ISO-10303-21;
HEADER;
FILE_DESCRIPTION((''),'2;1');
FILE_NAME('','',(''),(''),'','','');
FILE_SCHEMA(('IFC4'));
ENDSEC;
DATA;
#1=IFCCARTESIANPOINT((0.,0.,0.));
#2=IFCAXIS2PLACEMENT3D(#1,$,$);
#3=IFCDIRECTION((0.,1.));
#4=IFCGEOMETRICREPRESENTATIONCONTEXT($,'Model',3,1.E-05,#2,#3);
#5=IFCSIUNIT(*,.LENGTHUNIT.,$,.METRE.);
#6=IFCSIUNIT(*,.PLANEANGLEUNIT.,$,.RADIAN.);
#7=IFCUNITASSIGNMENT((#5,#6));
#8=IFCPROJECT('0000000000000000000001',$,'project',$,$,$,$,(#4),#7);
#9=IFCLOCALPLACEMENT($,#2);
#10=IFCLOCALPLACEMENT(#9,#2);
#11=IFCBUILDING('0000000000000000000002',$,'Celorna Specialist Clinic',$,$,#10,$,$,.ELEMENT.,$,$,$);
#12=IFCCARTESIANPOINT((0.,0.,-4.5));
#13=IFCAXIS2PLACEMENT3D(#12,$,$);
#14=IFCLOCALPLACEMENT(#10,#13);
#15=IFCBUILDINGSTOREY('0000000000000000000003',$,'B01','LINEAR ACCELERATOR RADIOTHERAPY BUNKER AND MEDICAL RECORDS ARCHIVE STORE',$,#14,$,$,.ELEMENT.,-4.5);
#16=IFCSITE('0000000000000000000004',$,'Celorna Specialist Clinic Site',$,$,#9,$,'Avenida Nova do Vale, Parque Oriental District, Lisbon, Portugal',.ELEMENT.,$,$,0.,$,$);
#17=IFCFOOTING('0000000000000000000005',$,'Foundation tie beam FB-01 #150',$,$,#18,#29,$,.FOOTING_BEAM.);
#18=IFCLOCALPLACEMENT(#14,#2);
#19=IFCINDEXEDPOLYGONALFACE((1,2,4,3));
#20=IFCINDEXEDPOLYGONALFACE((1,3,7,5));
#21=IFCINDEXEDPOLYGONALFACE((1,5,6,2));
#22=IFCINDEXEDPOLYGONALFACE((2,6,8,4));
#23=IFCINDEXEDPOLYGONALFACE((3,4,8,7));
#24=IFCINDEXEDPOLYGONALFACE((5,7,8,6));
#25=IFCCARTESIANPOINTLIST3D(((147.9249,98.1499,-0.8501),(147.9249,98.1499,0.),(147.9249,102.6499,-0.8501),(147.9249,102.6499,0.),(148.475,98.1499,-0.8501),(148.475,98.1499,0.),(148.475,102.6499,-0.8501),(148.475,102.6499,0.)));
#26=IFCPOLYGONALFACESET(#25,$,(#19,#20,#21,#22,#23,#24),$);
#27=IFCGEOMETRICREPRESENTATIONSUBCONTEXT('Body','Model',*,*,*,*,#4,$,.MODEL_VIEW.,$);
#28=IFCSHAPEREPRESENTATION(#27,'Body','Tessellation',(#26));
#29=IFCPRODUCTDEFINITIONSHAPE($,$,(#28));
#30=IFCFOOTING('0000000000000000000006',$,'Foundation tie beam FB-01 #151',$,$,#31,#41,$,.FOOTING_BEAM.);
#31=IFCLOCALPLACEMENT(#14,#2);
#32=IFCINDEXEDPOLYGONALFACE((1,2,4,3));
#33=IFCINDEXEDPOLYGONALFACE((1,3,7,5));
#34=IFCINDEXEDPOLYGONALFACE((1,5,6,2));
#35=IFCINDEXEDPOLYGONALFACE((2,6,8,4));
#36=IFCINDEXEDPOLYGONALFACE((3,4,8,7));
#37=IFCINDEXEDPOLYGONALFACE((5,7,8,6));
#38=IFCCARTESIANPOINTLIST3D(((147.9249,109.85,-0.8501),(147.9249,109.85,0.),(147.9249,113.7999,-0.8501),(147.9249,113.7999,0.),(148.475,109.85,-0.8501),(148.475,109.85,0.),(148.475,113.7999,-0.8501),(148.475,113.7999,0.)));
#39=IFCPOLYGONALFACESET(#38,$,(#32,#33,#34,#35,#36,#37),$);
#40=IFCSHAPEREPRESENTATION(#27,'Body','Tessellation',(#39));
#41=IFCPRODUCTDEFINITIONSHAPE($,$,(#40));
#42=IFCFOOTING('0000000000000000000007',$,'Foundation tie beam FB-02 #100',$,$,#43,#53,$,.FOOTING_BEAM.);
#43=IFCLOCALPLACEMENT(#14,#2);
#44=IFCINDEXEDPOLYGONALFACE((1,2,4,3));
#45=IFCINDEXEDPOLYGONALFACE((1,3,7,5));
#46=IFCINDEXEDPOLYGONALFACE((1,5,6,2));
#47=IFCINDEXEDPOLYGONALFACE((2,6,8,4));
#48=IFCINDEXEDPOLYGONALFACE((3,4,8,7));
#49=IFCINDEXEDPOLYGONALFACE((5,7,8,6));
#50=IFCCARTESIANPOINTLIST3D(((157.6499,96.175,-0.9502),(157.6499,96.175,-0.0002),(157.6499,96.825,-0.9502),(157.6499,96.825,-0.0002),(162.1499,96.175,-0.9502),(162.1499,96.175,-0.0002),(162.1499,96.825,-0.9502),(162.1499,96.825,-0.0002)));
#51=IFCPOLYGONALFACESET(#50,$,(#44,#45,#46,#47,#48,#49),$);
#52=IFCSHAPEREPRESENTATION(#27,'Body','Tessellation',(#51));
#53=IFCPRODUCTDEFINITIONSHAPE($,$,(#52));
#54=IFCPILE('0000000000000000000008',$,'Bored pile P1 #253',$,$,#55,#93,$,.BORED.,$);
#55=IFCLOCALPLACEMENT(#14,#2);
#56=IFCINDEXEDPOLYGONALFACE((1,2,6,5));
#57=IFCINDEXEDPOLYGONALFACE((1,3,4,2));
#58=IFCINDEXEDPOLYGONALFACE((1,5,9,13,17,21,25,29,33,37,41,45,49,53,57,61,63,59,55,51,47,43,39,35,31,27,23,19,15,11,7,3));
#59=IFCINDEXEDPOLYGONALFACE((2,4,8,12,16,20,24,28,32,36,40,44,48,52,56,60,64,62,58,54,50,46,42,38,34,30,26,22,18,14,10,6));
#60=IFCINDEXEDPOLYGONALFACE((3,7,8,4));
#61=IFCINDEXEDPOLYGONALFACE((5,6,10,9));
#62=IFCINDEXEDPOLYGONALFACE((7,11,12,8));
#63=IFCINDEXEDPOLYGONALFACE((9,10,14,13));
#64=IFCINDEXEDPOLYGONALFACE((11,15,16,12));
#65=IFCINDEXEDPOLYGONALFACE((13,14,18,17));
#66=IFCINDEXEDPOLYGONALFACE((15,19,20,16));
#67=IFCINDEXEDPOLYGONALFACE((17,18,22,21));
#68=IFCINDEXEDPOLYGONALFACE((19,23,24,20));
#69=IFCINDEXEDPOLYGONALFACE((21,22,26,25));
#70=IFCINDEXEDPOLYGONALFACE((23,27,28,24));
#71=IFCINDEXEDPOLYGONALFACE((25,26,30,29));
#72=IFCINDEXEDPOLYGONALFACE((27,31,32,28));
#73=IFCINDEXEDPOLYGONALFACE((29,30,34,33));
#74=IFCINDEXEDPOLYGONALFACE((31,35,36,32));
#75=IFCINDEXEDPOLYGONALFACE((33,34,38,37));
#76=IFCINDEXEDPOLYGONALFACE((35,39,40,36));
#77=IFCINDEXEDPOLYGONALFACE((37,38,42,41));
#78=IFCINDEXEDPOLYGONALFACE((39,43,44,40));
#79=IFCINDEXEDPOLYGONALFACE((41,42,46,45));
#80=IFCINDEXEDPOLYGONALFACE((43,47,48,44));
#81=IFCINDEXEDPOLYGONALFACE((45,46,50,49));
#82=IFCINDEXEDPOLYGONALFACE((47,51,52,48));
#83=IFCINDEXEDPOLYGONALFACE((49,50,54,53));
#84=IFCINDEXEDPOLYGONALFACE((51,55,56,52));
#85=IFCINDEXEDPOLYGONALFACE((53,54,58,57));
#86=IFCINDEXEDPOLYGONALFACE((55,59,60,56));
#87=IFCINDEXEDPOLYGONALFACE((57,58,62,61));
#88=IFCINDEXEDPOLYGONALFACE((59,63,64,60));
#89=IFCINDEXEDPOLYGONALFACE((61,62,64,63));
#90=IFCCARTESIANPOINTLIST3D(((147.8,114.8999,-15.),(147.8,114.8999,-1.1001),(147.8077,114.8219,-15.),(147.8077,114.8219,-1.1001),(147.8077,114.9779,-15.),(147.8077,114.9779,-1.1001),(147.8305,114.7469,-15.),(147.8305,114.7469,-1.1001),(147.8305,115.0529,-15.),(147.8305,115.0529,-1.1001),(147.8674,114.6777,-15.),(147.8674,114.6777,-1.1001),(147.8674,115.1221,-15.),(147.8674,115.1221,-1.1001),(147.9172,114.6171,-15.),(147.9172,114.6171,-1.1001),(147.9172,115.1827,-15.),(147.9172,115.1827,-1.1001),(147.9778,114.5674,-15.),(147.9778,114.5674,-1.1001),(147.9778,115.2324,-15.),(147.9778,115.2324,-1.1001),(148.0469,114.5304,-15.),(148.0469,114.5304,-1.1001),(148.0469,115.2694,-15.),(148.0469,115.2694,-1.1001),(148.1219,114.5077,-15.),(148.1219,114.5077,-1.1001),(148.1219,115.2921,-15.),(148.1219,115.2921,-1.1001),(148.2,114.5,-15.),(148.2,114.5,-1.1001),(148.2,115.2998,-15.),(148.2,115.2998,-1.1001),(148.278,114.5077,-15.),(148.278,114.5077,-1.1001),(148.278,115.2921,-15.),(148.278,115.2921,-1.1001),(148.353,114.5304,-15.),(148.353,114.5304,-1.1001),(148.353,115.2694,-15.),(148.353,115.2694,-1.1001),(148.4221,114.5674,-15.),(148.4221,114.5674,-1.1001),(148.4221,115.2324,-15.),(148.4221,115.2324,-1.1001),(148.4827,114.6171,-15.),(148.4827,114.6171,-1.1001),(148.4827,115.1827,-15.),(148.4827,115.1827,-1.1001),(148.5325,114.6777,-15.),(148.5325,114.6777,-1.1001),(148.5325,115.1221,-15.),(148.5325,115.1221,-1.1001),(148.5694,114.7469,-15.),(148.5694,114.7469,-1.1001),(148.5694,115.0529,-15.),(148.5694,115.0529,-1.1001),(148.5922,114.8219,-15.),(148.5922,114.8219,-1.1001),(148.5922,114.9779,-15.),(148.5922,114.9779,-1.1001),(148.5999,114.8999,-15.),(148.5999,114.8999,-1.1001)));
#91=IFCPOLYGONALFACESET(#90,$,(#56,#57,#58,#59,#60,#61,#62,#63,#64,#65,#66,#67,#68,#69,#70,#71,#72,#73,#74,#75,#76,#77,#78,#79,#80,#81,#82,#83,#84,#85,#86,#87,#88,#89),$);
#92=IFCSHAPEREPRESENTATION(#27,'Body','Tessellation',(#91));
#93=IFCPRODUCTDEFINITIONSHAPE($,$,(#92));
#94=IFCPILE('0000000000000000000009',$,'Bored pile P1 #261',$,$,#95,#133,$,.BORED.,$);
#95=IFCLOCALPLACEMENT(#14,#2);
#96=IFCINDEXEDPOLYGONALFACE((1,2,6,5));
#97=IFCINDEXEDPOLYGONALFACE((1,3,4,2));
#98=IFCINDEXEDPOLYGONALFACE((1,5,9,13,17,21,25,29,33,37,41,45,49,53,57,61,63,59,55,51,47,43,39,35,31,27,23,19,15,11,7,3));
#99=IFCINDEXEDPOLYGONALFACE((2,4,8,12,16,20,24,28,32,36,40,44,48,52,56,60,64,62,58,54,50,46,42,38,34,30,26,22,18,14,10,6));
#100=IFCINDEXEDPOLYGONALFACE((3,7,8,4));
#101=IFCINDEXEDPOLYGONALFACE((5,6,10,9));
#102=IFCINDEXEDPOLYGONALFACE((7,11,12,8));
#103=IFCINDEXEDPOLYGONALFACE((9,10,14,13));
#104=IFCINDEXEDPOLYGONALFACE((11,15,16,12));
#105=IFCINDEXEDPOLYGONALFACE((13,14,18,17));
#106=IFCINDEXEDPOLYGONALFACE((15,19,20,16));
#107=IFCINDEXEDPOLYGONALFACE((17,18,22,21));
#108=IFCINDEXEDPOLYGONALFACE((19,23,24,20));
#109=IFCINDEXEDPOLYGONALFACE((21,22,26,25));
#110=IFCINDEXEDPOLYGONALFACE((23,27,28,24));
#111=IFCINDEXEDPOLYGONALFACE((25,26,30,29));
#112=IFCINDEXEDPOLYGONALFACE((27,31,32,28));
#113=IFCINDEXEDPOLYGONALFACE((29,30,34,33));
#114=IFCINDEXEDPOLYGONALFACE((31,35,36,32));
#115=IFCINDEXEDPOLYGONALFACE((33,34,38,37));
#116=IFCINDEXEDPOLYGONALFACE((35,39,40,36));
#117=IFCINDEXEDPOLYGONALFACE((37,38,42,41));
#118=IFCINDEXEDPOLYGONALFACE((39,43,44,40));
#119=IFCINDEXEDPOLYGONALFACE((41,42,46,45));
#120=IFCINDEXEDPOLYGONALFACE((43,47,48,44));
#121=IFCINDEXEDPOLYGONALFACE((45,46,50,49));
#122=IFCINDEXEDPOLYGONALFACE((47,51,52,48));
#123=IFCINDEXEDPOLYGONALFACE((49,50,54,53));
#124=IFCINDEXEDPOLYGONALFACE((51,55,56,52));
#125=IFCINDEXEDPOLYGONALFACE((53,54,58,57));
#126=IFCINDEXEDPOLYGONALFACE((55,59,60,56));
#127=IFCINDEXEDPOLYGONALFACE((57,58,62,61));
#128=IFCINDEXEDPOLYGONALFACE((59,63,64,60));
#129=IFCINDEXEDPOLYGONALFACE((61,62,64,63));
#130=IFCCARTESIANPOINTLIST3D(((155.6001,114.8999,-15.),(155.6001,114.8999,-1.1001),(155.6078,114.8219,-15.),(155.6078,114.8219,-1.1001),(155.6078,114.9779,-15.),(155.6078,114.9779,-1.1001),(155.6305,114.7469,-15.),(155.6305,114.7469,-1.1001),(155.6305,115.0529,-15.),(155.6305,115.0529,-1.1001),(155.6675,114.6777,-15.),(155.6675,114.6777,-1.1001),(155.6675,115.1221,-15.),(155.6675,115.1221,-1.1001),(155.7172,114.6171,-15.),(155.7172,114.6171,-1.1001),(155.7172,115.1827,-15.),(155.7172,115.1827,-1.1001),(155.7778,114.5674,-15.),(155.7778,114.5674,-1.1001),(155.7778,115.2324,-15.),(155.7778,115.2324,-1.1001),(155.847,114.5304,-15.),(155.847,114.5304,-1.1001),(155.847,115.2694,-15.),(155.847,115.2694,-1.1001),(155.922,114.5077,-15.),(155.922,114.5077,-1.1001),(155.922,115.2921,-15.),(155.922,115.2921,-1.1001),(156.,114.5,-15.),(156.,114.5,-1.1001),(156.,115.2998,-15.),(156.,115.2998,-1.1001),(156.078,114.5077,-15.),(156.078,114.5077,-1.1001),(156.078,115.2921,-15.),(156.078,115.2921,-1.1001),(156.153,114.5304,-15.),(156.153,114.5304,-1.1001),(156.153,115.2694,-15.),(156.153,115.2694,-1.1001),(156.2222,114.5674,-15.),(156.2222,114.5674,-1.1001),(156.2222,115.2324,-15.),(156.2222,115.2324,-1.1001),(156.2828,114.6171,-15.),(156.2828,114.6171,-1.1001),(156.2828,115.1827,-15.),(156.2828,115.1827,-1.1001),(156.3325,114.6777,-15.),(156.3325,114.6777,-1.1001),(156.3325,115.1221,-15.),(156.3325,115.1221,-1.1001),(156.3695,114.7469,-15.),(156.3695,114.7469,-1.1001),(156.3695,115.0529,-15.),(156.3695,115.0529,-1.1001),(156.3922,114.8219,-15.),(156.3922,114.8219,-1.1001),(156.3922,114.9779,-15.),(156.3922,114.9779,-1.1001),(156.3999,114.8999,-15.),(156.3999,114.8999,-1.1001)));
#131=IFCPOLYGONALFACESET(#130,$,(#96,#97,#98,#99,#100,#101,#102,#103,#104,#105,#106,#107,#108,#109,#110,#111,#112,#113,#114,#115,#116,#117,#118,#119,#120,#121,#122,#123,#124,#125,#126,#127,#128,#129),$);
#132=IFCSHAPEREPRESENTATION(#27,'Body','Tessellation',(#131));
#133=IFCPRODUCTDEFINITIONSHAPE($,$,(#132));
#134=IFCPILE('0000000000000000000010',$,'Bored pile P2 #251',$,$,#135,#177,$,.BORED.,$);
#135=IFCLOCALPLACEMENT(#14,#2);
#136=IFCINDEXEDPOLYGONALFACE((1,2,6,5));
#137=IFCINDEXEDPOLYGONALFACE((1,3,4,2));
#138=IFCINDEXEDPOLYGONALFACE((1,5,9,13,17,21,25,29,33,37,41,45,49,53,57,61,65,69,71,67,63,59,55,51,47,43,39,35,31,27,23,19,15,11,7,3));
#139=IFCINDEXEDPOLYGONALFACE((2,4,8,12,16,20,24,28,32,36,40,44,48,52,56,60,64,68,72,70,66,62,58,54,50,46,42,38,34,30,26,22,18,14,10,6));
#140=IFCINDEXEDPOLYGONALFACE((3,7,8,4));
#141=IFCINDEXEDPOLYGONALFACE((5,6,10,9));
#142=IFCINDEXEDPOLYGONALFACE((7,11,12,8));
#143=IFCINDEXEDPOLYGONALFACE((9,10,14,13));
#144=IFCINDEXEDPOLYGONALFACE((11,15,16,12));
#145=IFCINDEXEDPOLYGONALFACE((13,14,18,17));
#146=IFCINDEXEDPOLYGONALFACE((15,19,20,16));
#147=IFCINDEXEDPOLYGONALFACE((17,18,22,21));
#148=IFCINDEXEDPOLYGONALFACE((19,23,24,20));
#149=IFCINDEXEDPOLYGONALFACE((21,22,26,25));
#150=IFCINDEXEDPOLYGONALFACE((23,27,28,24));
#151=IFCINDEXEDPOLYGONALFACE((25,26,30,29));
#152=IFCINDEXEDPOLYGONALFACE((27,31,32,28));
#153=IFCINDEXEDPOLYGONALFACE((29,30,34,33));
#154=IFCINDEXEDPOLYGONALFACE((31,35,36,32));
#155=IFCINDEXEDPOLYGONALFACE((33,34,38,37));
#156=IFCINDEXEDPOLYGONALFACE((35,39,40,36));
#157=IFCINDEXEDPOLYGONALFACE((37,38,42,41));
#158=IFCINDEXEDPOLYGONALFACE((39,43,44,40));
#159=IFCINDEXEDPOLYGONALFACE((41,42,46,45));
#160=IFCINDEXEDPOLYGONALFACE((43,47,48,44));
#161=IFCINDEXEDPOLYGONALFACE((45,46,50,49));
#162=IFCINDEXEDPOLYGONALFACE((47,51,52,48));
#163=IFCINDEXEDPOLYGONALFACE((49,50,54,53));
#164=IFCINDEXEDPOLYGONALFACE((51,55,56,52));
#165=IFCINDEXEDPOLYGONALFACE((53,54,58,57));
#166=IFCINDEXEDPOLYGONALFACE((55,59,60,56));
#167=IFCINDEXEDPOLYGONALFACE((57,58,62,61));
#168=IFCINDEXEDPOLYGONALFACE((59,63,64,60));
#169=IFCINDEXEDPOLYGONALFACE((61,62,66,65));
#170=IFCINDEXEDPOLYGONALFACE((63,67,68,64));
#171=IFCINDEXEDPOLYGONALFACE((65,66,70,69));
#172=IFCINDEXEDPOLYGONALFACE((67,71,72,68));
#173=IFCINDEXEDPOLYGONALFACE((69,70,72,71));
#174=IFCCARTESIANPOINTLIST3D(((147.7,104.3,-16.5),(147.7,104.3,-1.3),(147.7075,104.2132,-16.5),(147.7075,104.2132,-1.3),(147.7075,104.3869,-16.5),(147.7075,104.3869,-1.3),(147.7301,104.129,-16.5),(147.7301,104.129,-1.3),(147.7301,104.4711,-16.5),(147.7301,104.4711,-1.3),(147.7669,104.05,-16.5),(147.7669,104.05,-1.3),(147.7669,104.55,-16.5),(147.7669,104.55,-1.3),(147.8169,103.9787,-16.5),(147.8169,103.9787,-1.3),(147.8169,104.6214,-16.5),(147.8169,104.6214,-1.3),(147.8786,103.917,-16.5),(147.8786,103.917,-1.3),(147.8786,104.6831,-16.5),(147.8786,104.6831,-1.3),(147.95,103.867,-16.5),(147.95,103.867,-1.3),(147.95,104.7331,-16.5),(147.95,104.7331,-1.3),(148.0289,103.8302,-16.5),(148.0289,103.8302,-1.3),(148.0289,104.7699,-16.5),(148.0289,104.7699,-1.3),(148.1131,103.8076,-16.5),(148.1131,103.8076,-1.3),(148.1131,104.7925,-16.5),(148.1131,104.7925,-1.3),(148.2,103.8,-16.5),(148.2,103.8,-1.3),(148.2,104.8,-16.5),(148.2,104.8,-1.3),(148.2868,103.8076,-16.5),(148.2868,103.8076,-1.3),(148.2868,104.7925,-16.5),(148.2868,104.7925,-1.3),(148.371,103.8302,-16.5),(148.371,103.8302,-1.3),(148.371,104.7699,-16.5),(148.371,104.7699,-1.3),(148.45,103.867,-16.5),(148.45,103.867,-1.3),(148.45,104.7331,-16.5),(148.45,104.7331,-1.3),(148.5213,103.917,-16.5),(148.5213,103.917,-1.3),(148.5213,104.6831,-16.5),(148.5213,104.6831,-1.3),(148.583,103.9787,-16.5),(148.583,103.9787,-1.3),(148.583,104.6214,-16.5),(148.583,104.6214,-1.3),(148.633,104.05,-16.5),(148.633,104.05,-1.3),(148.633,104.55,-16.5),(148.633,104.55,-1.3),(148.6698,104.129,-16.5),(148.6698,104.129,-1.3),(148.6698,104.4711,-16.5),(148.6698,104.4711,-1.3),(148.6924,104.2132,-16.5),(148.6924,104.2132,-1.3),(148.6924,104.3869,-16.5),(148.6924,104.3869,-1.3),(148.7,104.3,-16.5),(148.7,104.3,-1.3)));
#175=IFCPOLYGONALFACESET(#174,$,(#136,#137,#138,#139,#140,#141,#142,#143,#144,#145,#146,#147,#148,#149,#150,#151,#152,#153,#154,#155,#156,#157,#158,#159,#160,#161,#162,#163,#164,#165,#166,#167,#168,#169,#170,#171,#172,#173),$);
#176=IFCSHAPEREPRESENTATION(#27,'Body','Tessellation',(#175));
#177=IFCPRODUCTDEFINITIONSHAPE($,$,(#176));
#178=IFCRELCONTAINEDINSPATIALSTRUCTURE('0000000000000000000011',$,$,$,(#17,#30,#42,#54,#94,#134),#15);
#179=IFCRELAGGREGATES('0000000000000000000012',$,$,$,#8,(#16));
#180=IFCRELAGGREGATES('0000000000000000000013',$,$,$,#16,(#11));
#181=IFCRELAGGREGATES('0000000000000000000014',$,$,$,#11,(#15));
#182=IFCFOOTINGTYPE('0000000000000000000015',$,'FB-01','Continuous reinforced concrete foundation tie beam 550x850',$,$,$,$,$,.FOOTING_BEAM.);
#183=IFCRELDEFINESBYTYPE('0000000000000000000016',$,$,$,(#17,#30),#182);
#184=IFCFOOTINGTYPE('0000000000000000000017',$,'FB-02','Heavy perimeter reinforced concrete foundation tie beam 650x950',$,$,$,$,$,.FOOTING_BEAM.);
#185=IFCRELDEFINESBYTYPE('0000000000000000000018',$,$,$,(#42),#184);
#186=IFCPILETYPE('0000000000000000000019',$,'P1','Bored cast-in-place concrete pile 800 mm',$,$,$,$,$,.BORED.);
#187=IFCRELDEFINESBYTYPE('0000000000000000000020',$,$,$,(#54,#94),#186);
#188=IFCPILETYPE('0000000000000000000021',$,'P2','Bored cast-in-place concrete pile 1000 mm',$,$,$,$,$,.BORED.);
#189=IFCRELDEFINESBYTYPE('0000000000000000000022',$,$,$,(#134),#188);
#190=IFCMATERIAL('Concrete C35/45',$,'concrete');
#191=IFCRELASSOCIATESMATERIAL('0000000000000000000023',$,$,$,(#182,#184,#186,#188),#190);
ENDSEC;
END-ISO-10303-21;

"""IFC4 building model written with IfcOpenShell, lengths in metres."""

from ifc_helpers import new_model, si_unit, direction, frame, origin, origin_2d, place, context, subcontext, project, spatial, rectangle, circle, extrude, material, material_profile, profile_set, type_object, element, save


model = new_model("IFC4")

# Units and contexts
model_context = context("Model", 3, precision=1e-05, world=origin(), true_north=direction((0.0, 1.0)))
body_context = subcontext(model_context, "Body", "Model", "MODEL_VIEW")
ifc_project = project(units=[si_unit("LENGTHUNIT", "METRE"), si_unit("PLANEANGLEUNIT", "RADIAN")], contexts=[model_context])

# Site, building, storey
site_placement = place(None, origin())
site = spatial("IfcSite", under=ifc_project, at=site_placement, Name="Celorna Specialist Clinic Site", LongName="Avenida Nova do Vale, Parque Oriental District, Lisbon, Portugal", CompositionType="ELEMENT", RefElevation=0.0)
building_placement = place(site_placement, origin())
building = spatial("IfcBuilding", under=site, at=building_placement, Name="Celorna Specialist Clinic", CompositionType="ELEMENT")
storey_placement = place(building_placement, frame((0.0, 0.0, -4.5)))
storey = spatial("IfcBuildingStorey", under=building, at=storey_placement, Name="B01", Description="LINEAR ACCELERATOR RADIOTHERAPY BUNKER AND MEDICAL RECORDS ARCHIVE STORE", CompositionType="ELEMENT", Elevation=-4.5)

# Footings
ifc_material_1 = material(Name="Concrete C35/45", Category="concrete")
footing_type_1 = type_object("IfcFootingType", Name="FB-01", Description="Continuous reinforced concrete foundation tie beam 550x850", PredefinedType="FOOTING_BEAM", material=ifc_material_1)
footing_1_placement = place(storey_placement, frame((148.2, 100.3999, -0.8501), z_axis=(0.0, 0.0, 1.0), x_axis=(0.0, 1.0, 0.0)))
element("IfcFooting", 1, at=footing_1_placement, inside=storey, type_object=footing_type_1, Name="Foundation tie beam FB-01 #150", PredefinedType="FOOTING_BEAM", context=body_context, shape_type="SweptSolid", body=[
    extrude(rectangle(XDim=4.5, YDim=0.55, at=origin_2d()), origin(), (0.0, 0.0, 1.0), 0.8501),
])
footing_2_placement = place(storey_placement, frame((148.2, 111.825, -0.8501), z_axis=(0.0, 0.0, 1.0), x_axis=(0.0, 1.0, 0.0)))
element("IfcFooting", 2, at=footing_2_placement, inside=storey, type_object=footing_type_1, Name="Foundation tie beam FB-01 #151", PredefinedType="FOOTING_BEAM", context=body_context, shape_type="SweptSolid", body=[
    extrude(rectangle(XDim=3.95, YDim=0.55, at=origin_2d()), origin(), (0.0, 0.0, 1.0), 0.8501),
])
footing_type_2 = type_object("IfcFootingType", Name="FB-02", Description="Heavy perimeter reinforced concrete foundation tie beam 650x950", PredefinedType="FOOTING_BEAM", material=ifc_material_1)
footing_3_placement = place(storey_placement, frame((159.8999, 96.5, -0.9502), z_axis=(0.0, 0.0, 1.0), x_axis=(1.0, 0.0, 0.0)))
element("IfcFooting", 3, at=footing_3_placement, inside=storey, type_object=footing_type_2, Name="Foundation tie beam FB-02 #100", PredefinedType="FOOTING_BEAM", context=body_context, shape_type="SweptSolid", body=[
    extrude(rectangle(XDim=4.5, YDim=0.6499, at=origin_2d()), origin(), (0.0, 0.0, 1.0), 0.95),
])

# Piles
ifc_material_profile_1 = material_profile(ifc_material_1, circle(Radius=0.3999, at=origin_2d()), Name="BORED PILE 800")
ifc_profile_set_1 = profile_set([ifc_material_profile_1], Name="Concrete C35/45")
pile_type_1 = type_object("IfcPileType", Name="P1", Description="Bored cast-in-place concrete pile 800 mm", PredefinedType="BORED", material=ifc_profile_set_1)
for number, where, z_axis, x_axis, name in (
    (4, (148.2, 114.8999, -1.1001), (0.0, 0.0, -1.0), (1.0, 0.0, 0.0), "Bored pile P1 #253"),
    (5, (156.0, 114.8999, -1.1001), (0.0, 0.0, -1.0), (1.0, 0.0, 0.0), "Bored pile P1 #261"),
):
    element("IfcPile", number, at=place(storey_placement, frame(where, z_axis=z_axis, x_axis=x_axis)), inside=storey, type_object=pile_type_1, Name=name, PredefinedType="BORED", context=body_context, shape_type="SweptSolid", body=[
        extrude(circle(Radius=0.3999, at=origin_2d()), origin(), (0.0, 0.0, 1.0), 13.8999),
    ])
ifc_material_profile_2 = material_profile(ifc_material_1, circle(Radius=0.5, at=origin_2d()), Name="BORED PILE 1000")
ifc_profile_set_2 = profile_set([ifc_material_profile_2], Name="Concrete C35/45")
pile_type_2 = type_object("IfcPileType", Name="P2", Description="Bored cast-in-place concrete pile 1000 mm", PredefinedType="BORED", material=ifc_profile_set_2)
for number, where, z_axis, x_axis, name in (
    (6, (148.2, 104.3, -1.3), (0.0, 0.0, -1.0), (1.0, 0.0, 0.0), "Bored pile P2 #251"),
):
    element("IfcPile", number, at=place(storey_placement, frame(where, z_axis=z_axis, x_axis=x_axis)), inside=storey, type_object=pile_type_2, Name=name, PredefinedType="BORED", context=body_context, shape_type="SweptSolid", body=[
        extrude(circle(Radius=0.5, at=origin_2d()), origin(), (0.0, 0.0, 1.0), 15.2),
    ])

save(model, "model.ifc")
